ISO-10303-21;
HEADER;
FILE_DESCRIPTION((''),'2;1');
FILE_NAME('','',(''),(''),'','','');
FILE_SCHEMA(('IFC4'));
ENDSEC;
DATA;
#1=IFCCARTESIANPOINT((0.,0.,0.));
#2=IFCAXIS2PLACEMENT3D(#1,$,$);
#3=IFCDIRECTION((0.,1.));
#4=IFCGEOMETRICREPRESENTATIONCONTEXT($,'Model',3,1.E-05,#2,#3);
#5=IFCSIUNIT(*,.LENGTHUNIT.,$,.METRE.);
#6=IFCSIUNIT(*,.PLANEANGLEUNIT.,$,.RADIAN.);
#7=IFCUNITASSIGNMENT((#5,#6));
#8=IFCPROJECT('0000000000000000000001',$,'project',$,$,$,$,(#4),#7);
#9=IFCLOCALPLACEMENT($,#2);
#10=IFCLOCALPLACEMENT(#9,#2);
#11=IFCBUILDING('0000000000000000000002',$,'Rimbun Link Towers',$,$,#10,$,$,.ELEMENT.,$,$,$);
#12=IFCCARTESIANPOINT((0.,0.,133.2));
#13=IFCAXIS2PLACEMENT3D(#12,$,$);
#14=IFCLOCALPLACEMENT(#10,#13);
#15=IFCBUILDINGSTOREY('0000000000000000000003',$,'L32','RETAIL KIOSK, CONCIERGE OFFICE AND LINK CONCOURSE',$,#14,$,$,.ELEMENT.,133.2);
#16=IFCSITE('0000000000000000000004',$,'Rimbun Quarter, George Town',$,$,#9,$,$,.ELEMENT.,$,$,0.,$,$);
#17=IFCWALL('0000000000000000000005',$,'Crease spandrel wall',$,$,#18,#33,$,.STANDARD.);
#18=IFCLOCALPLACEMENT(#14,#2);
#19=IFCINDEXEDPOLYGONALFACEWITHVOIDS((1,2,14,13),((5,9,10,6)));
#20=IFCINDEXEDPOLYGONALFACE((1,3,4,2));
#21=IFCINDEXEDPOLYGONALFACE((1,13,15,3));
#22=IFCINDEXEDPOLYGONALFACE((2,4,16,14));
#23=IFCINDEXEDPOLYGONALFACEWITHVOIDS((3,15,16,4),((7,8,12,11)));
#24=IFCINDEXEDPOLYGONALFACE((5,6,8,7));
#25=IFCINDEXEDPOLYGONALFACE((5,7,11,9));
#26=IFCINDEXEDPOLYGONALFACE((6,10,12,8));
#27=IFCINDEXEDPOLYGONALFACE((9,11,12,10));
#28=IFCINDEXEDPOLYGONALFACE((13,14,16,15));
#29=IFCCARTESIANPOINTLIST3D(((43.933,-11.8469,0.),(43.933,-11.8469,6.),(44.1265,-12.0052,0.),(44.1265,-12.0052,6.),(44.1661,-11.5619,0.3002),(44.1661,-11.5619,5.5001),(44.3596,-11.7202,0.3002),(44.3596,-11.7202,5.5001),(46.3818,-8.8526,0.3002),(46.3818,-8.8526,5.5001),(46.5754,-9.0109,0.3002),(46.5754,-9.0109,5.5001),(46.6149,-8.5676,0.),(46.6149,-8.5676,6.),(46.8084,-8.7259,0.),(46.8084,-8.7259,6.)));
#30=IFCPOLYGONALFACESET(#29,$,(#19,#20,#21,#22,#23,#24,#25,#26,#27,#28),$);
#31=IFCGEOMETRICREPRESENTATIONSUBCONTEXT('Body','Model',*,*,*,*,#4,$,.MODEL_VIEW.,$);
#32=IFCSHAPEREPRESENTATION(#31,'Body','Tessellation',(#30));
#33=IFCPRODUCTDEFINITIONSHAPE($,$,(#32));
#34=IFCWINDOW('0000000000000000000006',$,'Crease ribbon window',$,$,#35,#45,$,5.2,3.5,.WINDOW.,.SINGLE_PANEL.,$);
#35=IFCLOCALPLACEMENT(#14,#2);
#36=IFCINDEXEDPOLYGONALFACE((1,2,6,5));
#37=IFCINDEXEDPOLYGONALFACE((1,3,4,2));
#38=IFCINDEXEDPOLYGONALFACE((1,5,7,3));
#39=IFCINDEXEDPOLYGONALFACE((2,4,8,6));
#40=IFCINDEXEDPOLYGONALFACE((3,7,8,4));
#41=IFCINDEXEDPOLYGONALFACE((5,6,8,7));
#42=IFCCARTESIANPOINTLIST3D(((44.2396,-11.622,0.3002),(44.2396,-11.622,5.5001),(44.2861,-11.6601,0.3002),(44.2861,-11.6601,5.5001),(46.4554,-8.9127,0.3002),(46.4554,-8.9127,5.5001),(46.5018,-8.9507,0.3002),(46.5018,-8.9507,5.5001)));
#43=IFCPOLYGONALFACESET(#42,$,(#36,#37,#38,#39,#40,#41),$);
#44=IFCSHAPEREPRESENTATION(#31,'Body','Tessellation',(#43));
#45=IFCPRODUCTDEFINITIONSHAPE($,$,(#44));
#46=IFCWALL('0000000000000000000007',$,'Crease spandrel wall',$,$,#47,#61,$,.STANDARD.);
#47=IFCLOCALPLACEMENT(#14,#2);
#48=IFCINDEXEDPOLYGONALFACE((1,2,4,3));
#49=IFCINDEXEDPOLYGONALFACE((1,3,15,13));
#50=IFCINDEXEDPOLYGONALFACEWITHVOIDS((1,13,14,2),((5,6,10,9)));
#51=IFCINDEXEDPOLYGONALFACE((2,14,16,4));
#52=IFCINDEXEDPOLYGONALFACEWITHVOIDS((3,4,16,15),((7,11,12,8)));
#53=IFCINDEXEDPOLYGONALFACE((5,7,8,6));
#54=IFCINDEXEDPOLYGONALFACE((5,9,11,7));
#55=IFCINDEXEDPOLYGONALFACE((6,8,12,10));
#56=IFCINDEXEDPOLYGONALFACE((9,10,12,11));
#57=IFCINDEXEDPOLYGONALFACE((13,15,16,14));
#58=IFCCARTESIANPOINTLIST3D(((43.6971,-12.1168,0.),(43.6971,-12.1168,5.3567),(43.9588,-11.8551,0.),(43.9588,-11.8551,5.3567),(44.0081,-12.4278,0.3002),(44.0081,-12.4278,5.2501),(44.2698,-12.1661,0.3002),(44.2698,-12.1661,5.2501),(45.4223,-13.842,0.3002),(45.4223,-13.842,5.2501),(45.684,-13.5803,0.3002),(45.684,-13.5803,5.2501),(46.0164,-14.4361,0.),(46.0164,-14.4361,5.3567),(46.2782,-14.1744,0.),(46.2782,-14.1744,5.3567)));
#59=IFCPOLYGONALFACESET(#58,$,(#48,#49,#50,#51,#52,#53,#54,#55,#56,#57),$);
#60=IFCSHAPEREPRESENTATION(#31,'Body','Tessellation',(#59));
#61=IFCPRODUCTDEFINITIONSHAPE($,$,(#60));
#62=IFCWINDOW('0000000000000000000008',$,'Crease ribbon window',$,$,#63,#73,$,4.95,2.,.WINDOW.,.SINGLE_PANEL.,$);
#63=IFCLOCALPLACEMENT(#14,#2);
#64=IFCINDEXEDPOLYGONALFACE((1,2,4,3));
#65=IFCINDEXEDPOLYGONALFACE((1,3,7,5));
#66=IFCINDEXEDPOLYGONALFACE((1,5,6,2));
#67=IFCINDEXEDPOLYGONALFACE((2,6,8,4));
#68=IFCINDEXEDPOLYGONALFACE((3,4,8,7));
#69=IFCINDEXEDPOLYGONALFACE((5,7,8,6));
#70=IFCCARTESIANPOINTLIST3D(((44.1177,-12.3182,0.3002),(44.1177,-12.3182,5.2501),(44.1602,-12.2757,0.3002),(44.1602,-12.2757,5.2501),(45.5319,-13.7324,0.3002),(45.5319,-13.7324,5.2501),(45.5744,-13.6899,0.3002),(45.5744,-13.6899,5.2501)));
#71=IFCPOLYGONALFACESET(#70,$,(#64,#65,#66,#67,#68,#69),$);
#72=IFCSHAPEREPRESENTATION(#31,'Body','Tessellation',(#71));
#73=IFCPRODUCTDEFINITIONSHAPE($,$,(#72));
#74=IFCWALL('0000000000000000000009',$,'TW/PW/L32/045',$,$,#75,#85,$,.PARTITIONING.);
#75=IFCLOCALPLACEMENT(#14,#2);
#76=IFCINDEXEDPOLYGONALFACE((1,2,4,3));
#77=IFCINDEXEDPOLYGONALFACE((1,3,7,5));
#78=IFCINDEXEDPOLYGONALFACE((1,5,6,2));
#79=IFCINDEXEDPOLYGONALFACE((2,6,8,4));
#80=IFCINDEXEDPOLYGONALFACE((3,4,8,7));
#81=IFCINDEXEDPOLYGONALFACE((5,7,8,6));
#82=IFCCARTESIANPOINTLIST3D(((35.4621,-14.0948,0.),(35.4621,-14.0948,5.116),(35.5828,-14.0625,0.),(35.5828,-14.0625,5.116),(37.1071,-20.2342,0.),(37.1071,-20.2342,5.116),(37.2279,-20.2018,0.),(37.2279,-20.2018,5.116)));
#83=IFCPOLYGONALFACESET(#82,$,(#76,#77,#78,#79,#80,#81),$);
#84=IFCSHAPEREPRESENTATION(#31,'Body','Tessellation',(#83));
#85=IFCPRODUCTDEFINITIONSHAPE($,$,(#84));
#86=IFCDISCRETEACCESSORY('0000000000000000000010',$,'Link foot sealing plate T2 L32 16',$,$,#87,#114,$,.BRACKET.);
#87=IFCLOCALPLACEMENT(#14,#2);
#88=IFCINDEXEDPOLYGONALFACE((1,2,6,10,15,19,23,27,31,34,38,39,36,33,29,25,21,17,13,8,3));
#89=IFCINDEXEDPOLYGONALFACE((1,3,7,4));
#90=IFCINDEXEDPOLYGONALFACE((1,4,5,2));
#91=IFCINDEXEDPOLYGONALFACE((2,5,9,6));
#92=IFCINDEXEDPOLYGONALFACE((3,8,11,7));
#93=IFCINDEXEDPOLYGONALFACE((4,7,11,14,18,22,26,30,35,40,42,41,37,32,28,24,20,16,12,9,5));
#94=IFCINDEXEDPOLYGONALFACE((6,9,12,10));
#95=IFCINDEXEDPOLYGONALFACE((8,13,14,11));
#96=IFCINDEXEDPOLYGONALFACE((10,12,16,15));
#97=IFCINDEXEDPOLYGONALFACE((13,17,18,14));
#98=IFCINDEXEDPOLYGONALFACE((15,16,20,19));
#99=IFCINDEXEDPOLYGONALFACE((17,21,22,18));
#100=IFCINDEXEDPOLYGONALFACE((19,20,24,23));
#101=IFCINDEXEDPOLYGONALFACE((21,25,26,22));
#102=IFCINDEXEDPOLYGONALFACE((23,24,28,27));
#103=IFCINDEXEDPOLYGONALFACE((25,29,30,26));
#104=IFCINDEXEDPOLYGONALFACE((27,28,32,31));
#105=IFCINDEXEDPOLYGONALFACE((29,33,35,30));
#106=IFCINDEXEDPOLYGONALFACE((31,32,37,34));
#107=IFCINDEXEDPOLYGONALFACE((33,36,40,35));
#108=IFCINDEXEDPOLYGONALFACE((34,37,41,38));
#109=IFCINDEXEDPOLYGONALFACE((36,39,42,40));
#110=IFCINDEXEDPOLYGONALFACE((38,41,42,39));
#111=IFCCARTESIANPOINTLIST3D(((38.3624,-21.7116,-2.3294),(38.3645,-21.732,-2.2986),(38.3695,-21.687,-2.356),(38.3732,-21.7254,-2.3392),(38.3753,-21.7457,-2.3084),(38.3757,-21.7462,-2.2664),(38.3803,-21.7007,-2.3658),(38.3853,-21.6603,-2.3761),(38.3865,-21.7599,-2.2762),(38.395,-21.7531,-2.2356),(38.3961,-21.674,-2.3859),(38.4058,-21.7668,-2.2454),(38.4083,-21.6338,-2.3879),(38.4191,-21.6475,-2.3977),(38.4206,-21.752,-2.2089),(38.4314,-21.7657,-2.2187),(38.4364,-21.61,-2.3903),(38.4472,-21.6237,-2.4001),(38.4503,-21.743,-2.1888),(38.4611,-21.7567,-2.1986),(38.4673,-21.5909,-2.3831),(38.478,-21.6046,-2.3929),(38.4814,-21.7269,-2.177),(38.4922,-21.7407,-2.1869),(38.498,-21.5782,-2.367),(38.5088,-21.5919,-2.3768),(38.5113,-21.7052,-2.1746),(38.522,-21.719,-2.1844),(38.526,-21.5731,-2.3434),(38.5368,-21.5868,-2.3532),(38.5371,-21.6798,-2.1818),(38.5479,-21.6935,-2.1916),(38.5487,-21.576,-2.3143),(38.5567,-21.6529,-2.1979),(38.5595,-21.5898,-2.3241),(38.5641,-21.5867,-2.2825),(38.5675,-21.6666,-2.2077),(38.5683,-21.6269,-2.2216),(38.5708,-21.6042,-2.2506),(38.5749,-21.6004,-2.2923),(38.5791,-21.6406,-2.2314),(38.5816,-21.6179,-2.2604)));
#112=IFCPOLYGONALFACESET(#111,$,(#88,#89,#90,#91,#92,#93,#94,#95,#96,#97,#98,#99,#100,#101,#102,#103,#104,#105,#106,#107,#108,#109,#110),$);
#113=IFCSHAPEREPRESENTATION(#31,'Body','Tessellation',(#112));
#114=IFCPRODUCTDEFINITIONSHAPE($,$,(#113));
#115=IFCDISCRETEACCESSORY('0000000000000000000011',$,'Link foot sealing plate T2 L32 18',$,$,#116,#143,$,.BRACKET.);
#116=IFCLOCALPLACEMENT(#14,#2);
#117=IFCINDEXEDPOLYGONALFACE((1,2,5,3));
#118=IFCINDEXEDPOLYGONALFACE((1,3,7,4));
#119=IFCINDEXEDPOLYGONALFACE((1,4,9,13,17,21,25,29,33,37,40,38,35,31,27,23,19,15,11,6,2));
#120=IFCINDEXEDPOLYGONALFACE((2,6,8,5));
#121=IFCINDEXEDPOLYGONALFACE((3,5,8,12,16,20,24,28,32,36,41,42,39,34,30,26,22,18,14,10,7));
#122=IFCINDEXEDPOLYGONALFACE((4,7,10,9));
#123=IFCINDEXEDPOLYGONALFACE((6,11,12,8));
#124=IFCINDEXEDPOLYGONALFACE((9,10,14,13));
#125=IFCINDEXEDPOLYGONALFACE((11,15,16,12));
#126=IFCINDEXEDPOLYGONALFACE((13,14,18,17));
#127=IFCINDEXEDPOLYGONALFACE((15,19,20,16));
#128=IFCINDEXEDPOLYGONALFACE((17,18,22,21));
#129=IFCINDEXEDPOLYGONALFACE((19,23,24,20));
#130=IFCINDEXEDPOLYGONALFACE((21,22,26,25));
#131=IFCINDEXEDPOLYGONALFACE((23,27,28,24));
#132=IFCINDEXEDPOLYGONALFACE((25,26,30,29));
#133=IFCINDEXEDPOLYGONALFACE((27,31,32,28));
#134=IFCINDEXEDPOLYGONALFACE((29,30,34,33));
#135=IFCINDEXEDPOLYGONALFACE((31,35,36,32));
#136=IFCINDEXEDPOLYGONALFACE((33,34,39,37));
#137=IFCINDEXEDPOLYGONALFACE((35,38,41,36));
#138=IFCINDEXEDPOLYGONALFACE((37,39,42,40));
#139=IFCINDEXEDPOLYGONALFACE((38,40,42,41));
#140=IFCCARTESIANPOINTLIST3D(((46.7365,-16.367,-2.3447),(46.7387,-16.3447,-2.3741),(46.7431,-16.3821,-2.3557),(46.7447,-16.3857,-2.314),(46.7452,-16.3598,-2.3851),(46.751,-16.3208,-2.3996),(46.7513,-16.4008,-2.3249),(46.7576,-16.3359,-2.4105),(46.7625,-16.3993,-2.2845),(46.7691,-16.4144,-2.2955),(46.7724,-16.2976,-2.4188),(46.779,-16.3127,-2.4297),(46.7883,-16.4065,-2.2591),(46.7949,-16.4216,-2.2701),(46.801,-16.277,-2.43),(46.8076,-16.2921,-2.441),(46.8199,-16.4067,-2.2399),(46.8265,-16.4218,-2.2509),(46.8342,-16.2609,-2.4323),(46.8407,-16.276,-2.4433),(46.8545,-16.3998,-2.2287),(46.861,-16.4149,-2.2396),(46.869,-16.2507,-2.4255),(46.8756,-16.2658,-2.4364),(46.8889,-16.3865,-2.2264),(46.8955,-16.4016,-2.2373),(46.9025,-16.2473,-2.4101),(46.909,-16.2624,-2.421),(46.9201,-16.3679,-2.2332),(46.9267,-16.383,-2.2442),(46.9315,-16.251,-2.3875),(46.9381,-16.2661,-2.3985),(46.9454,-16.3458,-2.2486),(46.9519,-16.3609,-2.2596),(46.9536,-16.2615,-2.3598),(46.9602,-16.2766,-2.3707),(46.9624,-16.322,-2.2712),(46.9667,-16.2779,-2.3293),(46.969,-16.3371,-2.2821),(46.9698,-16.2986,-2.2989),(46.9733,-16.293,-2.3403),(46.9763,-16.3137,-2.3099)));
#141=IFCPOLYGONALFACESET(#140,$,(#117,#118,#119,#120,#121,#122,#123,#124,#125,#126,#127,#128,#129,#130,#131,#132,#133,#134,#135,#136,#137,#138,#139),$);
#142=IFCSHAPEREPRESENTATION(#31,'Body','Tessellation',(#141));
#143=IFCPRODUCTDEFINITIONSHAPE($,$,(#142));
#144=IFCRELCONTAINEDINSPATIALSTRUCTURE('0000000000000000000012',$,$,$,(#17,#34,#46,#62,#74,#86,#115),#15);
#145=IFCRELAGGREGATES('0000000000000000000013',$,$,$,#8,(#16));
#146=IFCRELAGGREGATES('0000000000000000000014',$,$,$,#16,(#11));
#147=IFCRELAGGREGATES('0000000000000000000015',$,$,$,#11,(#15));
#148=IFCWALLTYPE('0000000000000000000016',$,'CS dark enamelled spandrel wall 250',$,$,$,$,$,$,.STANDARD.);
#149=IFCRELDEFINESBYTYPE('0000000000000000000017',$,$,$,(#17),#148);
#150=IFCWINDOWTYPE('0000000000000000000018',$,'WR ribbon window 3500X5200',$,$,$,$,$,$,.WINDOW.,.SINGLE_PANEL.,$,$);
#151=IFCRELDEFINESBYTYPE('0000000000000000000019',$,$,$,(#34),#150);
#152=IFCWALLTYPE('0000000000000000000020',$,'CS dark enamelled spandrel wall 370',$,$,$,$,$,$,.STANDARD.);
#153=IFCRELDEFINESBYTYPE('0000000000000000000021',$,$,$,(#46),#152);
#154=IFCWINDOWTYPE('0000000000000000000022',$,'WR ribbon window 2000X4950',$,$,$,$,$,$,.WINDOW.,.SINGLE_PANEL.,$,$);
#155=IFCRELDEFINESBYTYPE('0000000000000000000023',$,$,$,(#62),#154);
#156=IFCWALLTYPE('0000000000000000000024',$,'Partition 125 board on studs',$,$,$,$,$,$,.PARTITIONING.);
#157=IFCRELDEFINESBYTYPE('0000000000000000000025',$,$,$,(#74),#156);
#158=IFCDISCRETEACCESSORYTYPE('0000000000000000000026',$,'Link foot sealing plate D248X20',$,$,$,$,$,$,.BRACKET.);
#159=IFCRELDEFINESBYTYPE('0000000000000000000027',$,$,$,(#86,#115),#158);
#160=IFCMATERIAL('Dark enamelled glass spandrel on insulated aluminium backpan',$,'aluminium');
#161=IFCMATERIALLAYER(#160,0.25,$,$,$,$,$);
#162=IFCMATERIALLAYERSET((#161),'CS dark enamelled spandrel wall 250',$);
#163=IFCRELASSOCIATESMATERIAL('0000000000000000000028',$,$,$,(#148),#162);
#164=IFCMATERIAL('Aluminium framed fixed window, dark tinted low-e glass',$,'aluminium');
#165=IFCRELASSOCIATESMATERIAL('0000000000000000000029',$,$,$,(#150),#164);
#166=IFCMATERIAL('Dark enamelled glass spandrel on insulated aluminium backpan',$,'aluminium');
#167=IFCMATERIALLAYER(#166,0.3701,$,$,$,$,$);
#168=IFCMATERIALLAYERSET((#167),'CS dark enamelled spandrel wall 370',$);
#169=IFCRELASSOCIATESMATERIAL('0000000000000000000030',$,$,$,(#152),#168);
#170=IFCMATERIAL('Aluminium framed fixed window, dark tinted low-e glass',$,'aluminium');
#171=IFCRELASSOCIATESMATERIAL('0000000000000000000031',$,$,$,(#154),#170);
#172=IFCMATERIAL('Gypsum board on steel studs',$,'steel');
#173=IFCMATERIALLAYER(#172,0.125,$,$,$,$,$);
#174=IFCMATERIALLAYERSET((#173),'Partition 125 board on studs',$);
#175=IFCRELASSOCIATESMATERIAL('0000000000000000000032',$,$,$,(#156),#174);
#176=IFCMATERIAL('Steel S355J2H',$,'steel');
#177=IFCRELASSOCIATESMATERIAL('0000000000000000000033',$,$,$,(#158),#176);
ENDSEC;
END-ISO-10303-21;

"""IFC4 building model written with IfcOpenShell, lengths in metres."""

from ifc_helpers import new_model, si_unit, direction, frame, frame_2d, origin, origin_2d, place, context, subcontext, project, spatial, rectangle, circle, extrude, material, layer, layer_set, material_profile, profile_set, type_object, element, fill, save


model = new_model("IFC4")

# Units and contexts
model_context = context("Model", 3, precision=1e-05, world=origin(), true_north=direction((0.0, 1.0)))
body_context = subcontext(model_context, "Body", "Model", "MODEL_VIEW")
ifc_project = project(units=[si_unit("LENGTHUNIT", "METRE"), si_unit("PLANEANGLEUNIT", "RADIAN")], contexts=[model_context])

# Site, building, storey
site_placement = place(None, origin())
site = spatial("IfcSite", under=ifc_project, at=site_placement, Name="Rimbun Quarter, George Town", CompositionType="ELEMENT", RefElevation=0.0)
building_placement = place(site_placement, origin())
building = spatial("IfcBuilding", under=site, at=building_placement, Name="Rimbun Link Towers", CompositionType="ELEMENT")
storey_placement = place(building_placement, frame((0.0, 0.0, 133.2)))
storey = spatial("IfcBuildingStorey", under=building, at=storey_placement, Name="L32", Description="RETAIL KIOSK, CONCIERGE OFFICE AND LINK CONCOURSE", CompositionType="ELEMENT", Elevation=133.2)

# Walls, openings, windows
ifc_material_1 = material(Name="Dark enamelled glass spandrel on insulated aluminium backpan", Category="aluminium")
ifc_layer_1 = layer(ifc_material_1, 0.25)
ifc_layer_set_1 = layer_set([ifc_layer_1], Name="CS dark enamelled spandrel wall 250")
wall_type_1 = type_object("IfcWallType", Name="CS dark enamelled spandrel wall 250", PredefinedType="STANDARD", material=ifc_layer_set_1)
wall_1_placement = place(storey_placement, frame((46.7117, -8.6467, 0.0), z_axis=(0.0, 0.0, 1.0), x_axis=(-0.633071, -0.774093, 0.0)))
wall_1 = element("IfcWall", 1, at=wall_1_placement, inside=storey, type_object=wall_type_1, Name="Crease spandrel wall", PredefinedType="STANDARD", context=body_context, shape_type="SweptSolid", body=[
    extrude(rectangle(XDim=4.2363, YDim=0.25, at=frame_2d((2.1182, 0.0))), origin(), (0.0, 0.0, 1.0), 6.0),
])
opening_1_placement = place(wall_1_placement, frame((0.3682, 0.0, 0.3)))
opening_1 = element("IfcOpeningElement", 2, at=opening_1_placement, cuts=wall_1, PredefinedType="OPENING", context=body_context, shape_type="SweptSolid", body=[
    extrude(rectangle(XDim=3.5, YDim=5.2, at=frame_2d((1.75, 2.6001))), frame((0.0, 0.135, 0.0), z_axis=(0.0, -1.0, 0.0), x_axis=(1.0, 0.0, 0.0)), (0.0, 0.0, 1.0), 0.27),
])
ifc_material_2 = material(Name="Aluminium framed fixed window, dark tinted low-e glass", Category="aluminium")
window_type_1 = type_object("IfcWindowType", Name="WR ribbon window 3500X5200", PartitioningType="SINGLE_PANEL", PredefinedType="WINDOW", material=ifc_material_2)
window_1_placement = place(opening_1_placement, origin())
window_1 = element("IfcWindow", 3, at=window_1_placement, inside=storey, type_object=window_type_1, Name="Crease ribbon window", OverallHeight=5.2, OverallWidth=3.5, PartitioningType="SINGLE_PANEL", PredefinedType="WINDOW", context=body_context, shape_type="SweptSolid", body=[
    extrude(rectangle(XDim=3.5, YDim=5.2, at=frame_2d((1.75, 2.6001))), frame((0.0, 0.03, 0.0), z_axis=(0.0, -1.0, 0.0), x_axis=(1.0, 0.0, 0.0)), (0.0, 0.0, 1.0), 0.0601),
])
fill(opening_1, window_1)
ifc_material_3 = material(Name="Dark enamelled glass spandrel on insulated aluminium backpan", Category="aluminium")
ifc_layer_2 = layer(ifc_material_3, 0.3701)
ifc_layer_set_2 = layer_set([ifc_layer_2], Name="CS dark enamelled spandrel wall 370")
wall_type_2 = type_object("IfcWallType", Name="CS dark enamelled spandrel wall 370", PredefinedType="STANDARD", material=ifc_layer_set_2)
wall_2_placement = place(storey_placement, frame((43.8279, -11.9858, 0.0), z_axis=(0.0, 0.0, 1.0), x_axis=(0.707107, -0.707107, 0.0)))
wall_2 = element("IfcWall", 4, at=wall_2_placement, inside=storey, type_object=wall_type_2, Name="Crease spandrel wall", PredefinedType="STANDARD", context=body_context, shape_type="SweptSolid", body=[
    extrude(rectangle(XDim=3.28, YDim=0.3701, at=frame_2d((1.6401, 0.0))), origin(), (0.0, 0.0, 1.0), 5.3567),
])
opening_2_placement = place(wall_2_placement, frame((0.4399, 0.0, 0.3)))
opening_2 = element("IfcOpeningElement", 5, at=opening_2_placement, cuts=wall_2, PredefinedType="OPENING", context=body_context, shape_type="SweptSolid", body=[
    extrude(rectangle(XDim=2.0, YDim=4.95, at=frame_2d((1.0, 2.4751))), frame((0.0, 0.1951, 0.0), z_axis=(0.0, -1.0, 0.0), x_axis=(1.0, 0.0, 0.0)), (0.0, 0.0, 1.0), 0.3901),
])
ifc_material_4 = material(Name="Aluminium framed fixed window, dark tinted low-e glass", Category="aluminium")
window_type_2 = type_object("IfcWindowType", Name="WR ribbon window 2000X4950", PartitioningType="SINGLE_PANEL", PredefinedType="WINDOW", material=ifc_material_4)
window_2_placement = place(opening_2_placement, origin())
window_2 = element("IfcWindow", 6, at=window_2_placement, inside=storey, type_object=window_type_2, Name="Crease ribbon window", OverallHeight=4.95, OverallWidth=2.0, PartitioningType="SINGLE_PANEL", PredefinedType="WINDOW", context=body_context, shape_type="SweptSolid", body=[
    extrude(rectangle(XDim=2.0, YDim=4.95, at=frame_2d((1.0, 2.4751))), frame((0.0, 0.03, 0.0), z_axis=(0.0, -1.0, 0.0), x_axis=(1.0, 0.0, 0.0)), (0.0, 0.0, 1.0), 0.0601),
])
fill(opening_2, window_2)

# Wall
ifc_material_5 = material(Name="Gypsum board on steel studs", Category="steel")
ifc_layer_3 = layer(ifc_material_5, 0.125)
ifc_layer_set_3 = layer_set([ifc_layer_3], Name="Partition 125 board on studs")
wall_type_3 = type_object("IfcWallType", Name="Partition 125 board on studs", PredefinedType="PARTITIONING", material=ifc_layer_set_3)
wall_3_placement = place(storey_placement, frame((37.1675, -20.218, 0.0), z_axis=(0.0, 0.0, 1.0), x_axis=(-0.258815, 0.965927, 0.0)))
element("IfcWall", 7, at=wall_3_placement, inside=storey, type_object=wall_type_3, Name="TW/PW/L32/045", PredefinedType="PARTITIONING", context=body_context, shape_type="SweptSolid", body=[
    extrude(rectangle(XDim=6.356, YDim=0.125, at=frame_2d((3.178, 0.0))), origin(), (0.0, 0.0, 1.0), 5.116),
])

# Discrete accessories
ifc_material_6 = material(Name="Steel S355J2H", Category="steel")
ifc_material_profile_1 = material_profile(ifc_material_6, circle(Radius=0.124, at=origin_2d()), Name="PL D248")
ifc_profile_set_1 = profile_set([ifc_material_profile_1], Name="Steel S355J2H")
discrete_accessory_type = type_object("IfcDiscreteAccessoryType", Name="Link foot sealing plate D248X20", PredefinedType="BRACKET", material=ifc_profile_set_1)
discrete_accessory_1_placement = place(storey_placement, frame((38.4666, -21.6633, -2.2825), z_axis=(0.538672, -0.685583, -0.489702), x_axis=(0.786318, 0.617822, 0.0)))
element("IfcDiscreteAccessory", 8, at=discrete_accessory_1_placement, inside=storey, type_object=discrete_accessory_type, Name="Link foot sealing plate T2 L32 16", PredefinedType="BRACKET", context=body_context, shape_type="SweptSolid", body=[
    extrude(circle(Radius=0.124, at=origin_2d()), origin(), (0.0, 0.0, 1.0), 0.02),
])
discrete_accessory_2_placement = place(storey_placement, frame((46.853, -16.3274, -2.3293), z_axis=(0.332397, -0.763283, -0.553996), x_axis=(0.916835, 0.399267, 0.0)))
element("IfcDiscreteAccessory", 9, at=discrete_accessory_2_placement, inside=storey, type_object=discrete_accessory_type, Name="Link foot sealing plate T2 L32 18", PredefinedType="BRACKET", context=body_context, shape_type="SweptSolid", body=[
    extrude(circle(Radius=0.124, at=origin_2d()), origin(), (0.0, 0.0, 1.0), 0.0198),
])

save(model, "model.ifc")
